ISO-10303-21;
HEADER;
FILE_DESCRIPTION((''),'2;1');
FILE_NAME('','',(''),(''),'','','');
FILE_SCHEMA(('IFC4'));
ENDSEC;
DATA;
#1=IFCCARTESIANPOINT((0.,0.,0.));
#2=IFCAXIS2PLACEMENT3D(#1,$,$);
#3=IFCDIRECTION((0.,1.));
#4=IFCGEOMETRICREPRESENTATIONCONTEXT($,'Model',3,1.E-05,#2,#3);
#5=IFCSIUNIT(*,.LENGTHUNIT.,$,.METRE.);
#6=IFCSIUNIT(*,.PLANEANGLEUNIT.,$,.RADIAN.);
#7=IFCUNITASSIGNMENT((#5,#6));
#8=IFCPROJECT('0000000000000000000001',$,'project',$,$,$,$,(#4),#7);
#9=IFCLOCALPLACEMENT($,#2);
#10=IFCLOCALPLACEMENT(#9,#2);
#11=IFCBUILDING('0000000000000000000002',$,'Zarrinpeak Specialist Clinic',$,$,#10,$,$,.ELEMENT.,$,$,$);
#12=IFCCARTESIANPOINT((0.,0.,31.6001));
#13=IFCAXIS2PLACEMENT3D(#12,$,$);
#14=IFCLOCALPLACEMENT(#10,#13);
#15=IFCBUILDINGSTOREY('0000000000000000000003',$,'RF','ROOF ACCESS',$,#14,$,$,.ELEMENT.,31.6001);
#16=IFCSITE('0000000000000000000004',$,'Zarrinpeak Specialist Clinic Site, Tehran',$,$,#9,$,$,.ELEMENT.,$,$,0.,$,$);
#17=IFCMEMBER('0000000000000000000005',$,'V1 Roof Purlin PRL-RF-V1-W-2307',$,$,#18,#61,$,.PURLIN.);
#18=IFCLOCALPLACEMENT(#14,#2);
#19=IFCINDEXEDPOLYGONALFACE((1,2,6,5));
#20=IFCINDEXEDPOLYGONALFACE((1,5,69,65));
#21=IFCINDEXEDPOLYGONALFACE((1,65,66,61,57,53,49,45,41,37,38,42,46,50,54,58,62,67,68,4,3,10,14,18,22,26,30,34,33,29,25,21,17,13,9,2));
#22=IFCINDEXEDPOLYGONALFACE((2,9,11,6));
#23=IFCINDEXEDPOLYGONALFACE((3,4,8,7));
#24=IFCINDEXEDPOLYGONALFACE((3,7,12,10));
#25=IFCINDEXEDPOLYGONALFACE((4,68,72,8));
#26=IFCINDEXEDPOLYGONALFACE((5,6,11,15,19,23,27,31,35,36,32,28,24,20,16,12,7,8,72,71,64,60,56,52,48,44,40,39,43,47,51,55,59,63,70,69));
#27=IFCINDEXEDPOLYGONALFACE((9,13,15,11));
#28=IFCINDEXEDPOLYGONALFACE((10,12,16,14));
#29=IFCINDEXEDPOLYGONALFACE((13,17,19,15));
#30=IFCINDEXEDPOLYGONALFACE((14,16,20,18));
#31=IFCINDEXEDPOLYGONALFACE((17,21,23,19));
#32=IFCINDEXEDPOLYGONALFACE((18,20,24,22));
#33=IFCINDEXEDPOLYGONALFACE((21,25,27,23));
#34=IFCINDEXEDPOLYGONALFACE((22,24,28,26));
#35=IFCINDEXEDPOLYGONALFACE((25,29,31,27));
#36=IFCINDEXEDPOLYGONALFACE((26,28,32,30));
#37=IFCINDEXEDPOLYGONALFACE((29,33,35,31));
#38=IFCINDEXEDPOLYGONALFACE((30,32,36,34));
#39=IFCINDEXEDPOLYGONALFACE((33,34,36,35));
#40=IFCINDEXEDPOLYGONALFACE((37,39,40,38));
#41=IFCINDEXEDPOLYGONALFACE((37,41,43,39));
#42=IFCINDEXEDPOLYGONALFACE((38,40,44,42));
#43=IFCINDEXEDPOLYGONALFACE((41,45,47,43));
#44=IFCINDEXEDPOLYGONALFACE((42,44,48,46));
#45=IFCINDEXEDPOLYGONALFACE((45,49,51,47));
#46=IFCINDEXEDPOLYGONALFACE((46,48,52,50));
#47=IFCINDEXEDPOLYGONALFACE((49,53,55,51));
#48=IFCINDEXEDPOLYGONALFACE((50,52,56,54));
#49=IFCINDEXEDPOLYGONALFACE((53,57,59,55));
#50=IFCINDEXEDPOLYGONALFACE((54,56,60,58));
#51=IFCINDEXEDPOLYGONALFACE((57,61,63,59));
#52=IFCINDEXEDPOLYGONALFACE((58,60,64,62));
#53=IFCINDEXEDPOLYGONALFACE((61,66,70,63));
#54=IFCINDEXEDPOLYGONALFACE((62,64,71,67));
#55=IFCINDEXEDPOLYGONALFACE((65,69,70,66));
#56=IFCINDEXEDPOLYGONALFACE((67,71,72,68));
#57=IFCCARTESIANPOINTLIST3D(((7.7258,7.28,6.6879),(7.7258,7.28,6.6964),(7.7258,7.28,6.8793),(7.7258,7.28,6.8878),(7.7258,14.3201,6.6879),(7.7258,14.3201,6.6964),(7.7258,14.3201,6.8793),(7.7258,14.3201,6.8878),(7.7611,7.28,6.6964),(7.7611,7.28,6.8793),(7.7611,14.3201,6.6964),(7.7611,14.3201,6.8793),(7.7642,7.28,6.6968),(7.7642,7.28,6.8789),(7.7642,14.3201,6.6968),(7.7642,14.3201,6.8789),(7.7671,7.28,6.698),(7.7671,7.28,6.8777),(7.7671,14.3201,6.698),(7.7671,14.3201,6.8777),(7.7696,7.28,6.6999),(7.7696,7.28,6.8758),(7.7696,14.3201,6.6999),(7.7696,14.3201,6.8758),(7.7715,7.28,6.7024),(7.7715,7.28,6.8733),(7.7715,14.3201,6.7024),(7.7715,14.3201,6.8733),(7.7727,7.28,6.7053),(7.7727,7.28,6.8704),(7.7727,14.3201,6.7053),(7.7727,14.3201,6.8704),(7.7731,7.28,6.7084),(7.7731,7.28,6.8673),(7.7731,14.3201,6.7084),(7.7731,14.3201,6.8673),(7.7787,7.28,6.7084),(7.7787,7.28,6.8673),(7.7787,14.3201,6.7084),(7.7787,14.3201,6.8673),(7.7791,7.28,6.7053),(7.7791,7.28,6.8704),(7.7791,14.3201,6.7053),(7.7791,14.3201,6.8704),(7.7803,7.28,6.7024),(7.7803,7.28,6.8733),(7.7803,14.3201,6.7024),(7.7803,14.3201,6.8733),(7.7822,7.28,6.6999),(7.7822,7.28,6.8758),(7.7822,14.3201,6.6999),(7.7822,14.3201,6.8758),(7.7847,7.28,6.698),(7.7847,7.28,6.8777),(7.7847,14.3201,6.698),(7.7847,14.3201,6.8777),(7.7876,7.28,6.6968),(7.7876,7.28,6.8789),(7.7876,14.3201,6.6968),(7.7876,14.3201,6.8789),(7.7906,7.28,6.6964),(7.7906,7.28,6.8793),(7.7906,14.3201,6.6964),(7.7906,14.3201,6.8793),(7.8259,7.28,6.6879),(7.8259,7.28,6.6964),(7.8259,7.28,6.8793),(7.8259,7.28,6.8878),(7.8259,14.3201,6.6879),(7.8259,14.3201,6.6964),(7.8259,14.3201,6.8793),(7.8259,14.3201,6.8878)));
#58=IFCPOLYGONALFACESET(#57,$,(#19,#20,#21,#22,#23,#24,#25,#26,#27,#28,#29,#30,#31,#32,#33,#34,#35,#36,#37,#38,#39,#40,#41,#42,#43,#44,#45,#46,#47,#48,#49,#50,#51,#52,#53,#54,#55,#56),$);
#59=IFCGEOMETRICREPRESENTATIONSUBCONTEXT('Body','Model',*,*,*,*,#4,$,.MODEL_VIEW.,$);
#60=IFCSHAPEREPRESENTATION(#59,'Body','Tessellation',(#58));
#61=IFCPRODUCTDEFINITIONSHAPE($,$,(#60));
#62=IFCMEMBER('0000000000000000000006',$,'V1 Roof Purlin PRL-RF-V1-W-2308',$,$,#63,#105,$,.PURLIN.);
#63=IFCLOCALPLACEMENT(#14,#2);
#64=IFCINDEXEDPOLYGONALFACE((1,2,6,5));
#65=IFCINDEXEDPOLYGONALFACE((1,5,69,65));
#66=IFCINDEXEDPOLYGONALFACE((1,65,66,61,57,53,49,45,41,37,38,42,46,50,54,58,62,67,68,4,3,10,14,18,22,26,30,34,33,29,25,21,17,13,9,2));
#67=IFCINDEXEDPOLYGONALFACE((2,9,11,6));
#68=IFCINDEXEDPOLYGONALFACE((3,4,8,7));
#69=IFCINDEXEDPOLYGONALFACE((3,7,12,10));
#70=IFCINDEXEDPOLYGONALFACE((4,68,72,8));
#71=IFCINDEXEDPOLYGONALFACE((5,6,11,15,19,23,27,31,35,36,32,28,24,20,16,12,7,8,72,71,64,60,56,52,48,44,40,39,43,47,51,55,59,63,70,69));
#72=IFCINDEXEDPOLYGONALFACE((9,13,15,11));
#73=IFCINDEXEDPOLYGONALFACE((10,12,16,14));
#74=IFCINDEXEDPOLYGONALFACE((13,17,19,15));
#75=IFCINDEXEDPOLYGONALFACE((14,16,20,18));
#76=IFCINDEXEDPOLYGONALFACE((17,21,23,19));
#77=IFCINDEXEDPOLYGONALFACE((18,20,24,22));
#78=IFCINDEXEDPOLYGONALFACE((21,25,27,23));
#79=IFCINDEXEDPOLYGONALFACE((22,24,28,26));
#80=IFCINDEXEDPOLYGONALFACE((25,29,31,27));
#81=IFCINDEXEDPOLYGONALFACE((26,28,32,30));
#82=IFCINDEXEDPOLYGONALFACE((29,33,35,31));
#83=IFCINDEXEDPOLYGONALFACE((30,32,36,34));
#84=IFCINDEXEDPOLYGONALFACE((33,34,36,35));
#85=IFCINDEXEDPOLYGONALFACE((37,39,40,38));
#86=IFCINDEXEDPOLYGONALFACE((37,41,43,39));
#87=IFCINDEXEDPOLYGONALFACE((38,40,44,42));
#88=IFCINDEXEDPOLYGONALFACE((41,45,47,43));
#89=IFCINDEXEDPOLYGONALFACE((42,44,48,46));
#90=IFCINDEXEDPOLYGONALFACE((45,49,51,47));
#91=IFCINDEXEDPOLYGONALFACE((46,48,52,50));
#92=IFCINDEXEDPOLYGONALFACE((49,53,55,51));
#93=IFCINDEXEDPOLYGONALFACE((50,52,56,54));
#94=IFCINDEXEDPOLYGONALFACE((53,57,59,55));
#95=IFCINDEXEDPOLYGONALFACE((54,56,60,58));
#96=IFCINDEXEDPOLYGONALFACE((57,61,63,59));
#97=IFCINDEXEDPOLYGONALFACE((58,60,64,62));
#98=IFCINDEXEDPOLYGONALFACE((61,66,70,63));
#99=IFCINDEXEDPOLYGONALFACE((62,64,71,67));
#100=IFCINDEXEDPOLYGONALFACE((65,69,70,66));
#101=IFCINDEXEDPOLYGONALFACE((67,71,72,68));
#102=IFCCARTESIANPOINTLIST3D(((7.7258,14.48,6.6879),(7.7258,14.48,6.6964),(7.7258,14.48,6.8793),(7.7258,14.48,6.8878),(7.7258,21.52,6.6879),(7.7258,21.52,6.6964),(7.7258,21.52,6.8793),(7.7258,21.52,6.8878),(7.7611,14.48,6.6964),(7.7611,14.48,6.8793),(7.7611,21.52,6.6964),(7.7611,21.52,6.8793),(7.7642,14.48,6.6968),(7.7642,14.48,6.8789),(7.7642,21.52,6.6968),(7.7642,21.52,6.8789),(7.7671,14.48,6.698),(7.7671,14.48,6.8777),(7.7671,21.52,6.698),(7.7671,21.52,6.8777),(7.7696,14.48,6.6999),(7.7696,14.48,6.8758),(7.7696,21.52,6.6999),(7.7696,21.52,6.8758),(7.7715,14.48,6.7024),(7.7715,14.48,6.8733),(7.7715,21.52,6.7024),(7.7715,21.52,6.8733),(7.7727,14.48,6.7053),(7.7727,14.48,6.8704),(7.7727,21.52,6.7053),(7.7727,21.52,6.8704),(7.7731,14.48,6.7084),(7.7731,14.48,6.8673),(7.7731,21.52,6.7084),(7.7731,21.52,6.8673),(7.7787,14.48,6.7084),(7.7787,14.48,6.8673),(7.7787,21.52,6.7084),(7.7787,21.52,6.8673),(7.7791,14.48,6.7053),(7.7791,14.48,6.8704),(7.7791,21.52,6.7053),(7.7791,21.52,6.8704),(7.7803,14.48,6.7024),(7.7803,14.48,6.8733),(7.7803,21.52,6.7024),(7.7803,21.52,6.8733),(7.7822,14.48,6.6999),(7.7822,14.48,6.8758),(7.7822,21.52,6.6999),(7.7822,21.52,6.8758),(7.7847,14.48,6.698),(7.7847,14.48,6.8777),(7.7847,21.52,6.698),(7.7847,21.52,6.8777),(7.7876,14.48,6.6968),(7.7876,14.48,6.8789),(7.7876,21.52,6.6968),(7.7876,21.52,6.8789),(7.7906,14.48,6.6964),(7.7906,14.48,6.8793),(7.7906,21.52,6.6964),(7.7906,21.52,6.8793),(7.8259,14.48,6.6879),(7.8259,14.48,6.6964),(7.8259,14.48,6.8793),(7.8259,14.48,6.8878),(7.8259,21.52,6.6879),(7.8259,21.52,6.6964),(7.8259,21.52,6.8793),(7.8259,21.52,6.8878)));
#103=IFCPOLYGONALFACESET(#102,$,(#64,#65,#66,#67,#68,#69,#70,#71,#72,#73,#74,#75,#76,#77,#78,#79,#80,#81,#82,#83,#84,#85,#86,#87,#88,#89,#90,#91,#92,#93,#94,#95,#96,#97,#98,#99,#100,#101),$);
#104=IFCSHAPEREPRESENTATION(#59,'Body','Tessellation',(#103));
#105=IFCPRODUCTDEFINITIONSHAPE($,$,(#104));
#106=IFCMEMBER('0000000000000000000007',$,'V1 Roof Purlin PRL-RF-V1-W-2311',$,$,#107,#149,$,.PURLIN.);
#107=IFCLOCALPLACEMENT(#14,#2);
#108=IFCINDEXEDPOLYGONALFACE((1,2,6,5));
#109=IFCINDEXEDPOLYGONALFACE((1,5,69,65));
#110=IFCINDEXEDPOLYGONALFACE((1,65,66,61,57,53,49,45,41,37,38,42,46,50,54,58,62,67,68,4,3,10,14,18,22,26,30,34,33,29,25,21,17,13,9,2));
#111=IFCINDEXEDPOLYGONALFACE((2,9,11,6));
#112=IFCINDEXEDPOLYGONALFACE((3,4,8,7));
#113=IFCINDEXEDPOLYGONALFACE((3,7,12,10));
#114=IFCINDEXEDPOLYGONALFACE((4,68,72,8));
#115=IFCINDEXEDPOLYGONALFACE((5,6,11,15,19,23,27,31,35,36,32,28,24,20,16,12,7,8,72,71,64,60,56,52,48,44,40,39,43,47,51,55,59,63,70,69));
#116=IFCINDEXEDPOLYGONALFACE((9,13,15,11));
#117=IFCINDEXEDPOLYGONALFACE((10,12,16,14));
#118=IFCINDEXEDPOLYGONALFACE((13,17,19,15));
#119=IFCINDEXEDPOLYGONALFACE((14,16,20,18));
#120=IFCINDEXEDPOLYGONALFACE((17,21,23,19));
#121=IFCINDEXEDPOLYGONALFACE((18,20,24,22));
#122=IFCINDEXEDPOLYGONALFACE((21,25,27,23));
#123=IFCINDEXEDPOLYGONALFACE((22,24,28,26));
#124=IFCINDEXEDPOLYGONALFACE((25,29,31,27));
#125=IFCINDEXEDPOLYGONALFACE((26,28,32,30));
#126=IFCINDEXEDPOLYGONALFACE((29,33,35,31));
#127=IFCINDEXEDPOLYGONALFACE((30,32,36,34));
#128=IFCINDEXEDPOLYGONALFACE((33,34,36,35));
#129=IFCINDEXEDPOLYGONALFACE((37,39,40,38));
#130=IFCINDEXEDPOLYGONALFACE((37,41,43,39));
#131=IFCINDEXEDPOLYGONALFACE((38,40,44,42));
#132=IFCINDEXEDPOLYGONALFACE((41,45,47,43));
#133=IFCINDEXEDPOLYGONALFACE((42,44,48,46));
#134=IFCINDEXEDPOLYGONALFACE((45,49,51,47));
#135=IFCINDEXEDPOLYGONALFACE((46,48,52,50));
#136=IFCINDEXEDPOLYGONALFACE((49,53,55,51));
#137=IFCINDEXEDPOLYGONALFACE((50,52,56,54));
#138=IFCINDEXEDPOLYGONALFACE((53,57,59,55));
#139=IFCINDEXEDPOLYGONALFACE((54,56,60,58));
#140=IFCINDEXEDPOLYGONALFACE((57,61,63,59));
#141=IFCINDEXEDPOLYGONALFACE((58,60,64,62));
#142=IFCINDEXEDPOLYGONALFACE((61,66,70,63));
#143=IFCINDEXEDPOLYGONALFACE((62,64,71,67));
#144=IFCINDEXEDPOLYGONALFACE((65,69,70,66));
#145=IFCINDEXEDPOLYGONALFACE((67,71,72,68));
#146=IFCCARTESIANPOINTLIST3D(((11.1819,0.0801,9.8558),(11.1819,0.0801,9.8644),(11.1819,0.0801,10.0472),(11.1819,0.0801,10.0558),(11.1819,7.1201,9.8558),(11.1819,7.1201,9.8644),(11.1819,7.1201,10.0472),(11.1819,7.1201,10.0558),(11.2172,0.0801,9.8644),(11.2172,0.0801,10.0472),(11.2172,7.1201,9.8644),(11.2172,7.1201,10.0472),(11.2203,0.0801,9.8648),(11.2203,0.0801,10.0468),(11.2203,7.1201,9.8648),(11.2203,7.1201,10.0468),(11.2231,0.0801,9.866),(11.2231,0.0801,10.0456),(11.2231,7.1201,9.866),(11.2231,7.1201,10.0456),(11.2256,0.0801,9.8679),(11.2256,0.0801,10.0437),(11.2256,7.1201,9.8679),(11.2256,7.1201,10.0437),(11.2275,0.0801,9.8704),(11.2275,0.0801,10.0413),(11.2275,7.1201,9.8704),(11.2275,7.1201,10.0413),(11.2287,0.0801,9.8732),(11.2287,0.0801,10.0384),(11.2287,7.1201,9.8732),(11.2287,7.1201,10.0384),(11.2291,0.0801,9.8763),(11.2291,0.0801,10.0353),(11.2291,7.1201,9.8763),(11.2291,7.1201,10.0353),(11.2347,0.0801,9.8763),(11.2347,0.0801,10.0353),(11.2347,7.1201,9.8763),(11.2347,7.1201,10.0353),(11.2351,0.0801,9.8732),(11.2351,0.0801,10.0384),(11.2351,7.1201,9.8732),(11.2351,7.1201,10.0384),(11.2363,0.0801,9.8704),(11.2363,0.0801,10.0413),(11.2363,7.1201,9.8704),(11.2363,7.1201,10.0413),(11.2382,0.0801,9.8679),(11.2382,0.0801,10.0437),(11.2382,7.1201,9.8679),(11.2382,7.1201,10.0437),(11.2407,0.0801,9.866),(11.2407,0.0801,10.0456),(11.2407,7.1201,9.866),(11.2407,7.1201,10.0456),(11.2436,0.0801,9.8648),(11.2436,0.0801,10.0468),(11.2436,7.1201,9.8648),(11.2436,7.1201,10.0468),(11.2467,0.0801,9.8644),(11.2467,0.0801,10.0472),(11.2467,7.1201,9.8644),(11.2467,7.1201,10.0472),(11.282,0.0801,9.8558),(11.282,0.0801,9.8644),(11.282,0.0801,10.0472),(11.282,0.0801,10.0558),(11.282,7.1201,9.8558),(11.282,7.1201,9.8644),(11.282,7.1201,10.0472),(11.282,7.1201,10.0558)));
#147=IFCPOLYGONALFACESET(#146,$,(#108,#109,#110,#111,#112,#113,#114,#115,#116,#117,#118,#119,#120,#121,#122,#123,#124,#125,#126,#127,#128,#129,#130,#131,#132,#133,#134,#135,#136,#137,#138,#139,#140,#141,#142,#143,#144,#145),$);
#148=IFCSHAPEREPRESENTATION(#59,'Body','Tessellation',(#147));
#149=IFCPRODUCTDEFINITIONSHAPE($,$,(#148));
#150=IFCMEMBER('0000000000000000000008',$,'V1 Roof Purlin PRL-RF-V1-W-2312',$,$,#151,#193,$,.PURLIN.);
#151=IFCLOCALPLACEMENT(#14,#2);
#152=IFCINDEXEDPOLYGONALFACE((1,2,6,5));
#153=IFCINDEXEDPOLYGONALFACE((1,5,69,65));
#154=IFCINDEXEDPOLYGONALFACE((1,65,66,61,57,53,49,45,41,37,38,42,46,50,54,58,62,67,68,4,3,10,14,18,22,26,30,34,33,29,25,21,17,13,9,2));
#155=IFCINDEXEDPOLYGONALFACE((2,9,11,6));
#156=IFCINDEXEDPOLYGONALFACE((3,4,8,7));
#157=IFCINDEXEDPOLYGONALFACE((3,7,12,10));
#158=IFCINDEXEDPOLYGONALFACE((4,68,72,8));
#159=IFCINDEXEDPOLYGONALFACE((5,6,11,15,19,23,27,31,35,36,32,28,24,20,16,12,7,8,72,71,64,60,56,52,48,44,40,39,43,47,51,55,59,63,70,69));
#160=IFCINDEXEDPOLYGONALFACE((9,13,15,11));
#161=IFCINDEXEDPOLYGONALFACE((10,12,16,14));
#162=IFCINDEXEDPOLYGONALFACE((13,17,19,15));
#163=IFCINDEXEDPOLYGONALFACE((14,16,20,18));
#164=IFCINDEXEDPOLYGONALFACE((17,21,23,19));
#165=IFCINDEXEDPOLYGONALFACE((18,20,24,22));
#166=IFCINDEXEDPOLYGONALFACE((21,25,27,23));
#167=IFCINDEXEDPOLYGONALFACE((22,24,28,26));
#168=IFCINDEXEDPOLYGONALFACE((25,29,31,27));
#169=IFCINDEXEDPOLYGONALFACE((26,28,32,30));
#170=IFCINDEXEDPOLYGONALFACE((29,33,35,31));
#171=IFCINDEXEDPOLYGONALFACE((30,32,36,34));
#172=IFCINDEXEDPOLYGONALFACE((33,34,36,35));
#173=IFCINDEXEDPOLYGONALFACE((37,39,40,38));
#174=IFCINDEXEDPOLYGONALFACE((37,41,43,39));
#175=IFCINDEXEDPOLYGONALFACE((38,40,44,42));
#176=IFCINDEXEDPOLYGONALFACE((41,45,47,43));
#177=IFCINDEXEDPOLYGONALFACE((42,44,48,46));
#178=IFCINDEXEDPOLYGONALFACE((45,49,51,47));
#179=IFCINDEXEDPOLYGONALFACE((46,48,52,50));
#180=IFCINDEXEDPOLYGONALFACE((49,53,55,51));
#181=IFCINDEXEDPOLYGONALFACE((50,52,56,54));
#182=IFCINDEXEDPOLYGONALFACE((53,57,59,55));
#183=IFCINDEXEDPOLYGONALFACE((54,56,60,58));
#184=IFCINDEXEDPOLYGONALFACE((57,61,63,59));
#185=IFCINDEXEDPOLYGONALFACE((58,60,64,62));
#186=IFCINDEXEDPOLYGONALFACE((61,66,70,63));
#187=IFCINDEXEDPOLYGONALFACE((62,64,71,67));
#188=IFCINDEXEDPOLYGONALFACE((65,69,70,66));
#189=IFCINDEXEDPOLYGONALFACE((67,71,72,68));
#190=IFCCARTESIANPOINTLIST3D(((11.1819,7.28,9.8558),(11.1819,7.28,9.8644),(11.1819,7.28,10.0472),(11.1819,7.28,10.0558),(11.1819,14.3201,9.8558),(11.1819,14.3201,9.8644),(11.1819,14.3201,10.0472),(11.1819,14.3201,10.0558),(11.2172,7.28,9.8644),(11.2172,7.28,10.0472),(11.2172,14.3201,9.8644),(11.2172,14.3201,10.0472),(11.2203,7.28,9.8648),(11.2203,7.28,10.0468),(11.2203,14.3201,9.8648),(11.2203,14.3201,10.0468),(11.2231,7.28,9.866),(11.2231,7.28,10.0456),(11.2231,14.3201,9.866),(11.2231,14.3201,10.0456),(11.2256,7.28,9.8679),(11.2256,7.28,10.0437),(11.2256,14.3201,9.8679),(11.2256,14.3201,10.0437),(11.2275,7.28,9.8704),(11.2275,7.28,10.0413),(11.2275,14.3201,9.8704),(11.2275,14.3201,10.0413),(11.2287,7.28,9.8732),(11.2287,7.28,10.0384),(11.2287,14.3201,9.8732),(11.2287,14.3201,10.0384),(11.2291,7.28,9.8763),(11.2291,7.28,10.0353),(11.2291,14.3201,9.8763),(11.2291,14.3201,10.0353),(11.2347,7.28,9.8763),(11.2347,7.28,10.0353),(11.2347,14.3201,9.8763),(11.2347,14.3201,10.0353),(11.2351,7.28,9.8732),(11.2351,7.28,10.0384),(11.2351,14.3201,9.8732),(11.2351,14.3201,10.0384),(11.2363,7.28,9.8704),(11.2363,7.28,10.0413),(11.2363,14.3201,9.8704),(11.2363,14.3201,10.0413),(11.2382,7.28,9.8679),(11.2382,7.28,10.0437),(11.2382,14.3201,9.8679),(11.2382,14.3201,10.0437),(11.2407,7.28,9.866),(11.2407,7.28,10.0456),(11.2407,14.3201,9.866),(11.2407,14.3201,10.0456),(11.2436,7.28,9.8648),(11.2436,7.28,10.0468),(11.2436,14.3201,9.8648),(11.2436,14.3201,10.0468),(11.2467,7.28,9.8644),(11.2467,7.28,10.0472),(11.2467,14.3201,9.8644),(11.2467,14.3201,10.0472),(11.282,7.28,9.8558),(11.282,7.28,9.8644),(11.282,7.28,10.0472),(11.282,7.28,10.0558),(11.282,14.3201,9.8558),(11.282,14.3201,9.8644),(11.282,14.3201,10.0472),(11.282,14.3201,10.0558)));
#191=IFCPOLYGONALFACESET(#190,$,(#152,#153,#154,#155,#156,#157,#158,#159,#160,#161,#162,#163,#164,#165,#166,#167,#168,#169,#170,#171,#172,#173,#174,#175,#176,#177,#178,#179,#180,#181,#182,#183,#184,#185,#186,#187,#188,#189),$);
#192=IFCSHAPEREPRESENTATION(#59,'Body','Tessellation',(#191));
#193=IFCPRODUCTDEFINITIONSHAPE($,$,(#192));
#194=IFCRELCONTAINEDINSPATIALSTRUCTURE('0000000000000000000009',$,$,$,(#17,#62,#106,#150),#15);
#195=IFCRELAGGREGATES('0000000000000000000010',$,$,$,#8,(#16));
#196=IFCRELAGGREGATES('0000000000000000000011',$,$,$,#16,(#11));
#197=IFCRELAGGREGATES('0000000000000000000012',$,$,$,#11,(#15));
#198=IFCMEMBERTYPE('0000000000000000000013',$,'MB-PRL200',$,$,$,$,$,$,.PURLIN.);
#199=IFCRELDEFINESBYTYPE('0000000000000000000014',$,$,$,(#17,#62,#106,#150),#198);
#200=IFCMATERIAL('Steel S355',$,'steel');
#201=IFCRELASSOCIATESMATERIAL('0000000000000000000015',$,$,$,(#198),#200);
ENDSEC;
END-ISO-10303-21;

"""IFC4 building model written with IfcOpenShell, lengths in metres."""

from ifc_helpers import new_model, si_unit, direction, frame, origin, origin_2d, place, context, subcontext, project, spatial, i_section, extrude, material, material_profile, profile_set, type_object, element, save


model = new_model("IFC4")

# Units and contexts
model_context = context("Model", 3, precision=1e-05, world=origin(), true_north=direction((0.0, 1.0)))
body_context = subcontext(model_context, "Body", "Model", "MODEL_VIEW")
ifc_project = project(units=[si_unit("LENGTHUNIT", "METRE"), si_unit("PLANEANGLEUNIT", "RADIAN")], contexts=[model_context])

# Site, building, storey
site_placement = place(None, origin())
site = spatial("IfcSite", under=ifc_project, at=site_placement, Name="Zarrinpeak Specialist Clinic Site, Tehran", CompositionType="ELEMENT", RefElevation=0.0)
building_placement = place(site_placement, origin())
building = spatial("IfcBuilding", under=site, at=building_placement, Name="Zarrinpeak Specialist Clinic", CompositionType="ELEMENT")
storey_placement = place(building_placement, frame((0.0, 0.0, 31.6001)))
storey = spatial("IfcBuildingStorey", under=building, at=storey_placement, Name="RF", Description="ROOF ACCESS", CompositionType="ELEMENT", Elevation=31.6001)

# Shared definitions
ifc_material_1 = material(Name="Steel S355", Category="steel")

# Members
ifc_material_profile_1 = material_profile(ifc_material_1, i_section(OverallWidth=0.1001, OverallDepth=0.2, WebThickness=0.0056, FlangeThickness=0.0085, FilletRadius=0.012, at=origin_2d()), Name="IPE 200")
ifc_profile_set_1 = profile_set([ifc_material_profile_1], Name="Steel S355")
member_type = type_object("IfcMemberType", Name="MB-PRL200", PredefinedType="PURLIN", material=ifc_profile_set_1)
for number, where, z_axis, x_axis, name in (
    (1, (7.7759, 7.28, 6.7878), (0.0, 1.0, 0.0), (-1.0, 0.0, 0.0), "V1 Roof Purlin PRL-RF-V1-W-2307"),
    (2, (7.7759, 14.48, 6.7878), (0.0, 1.0, 0.0), (-1.0, 0.0, 0.0), "V1 Roof Purlin PRL-RF-V1-W-2308"),
    (3, (11.2319, 0.0801, 9.9558), (0.0, 1.0, 0.0), (-1.0, 0.0, 0.0), "V1 Roof Purlin PRL-RF-V1-W-2311"),
    (4, (11.2319, 7.28, 9.9558), (0.0, 1.0, 0.0), (-1.0, 0.0, 0.0), "V1 Roof Purlin PRL-RF-V1-W-2312"),
):
    element("IfcMember", number, at=place(storey_placement, frame(where, z_axis=z_axis, x_axis=x_axis)), inside=storey, type_object=member_type, Name=name, PredefinedType="PURLIN", context=body_context, shape_type="SweptSolid", body=[
        extrude(i_section(OverallWidth=0.1001, OverallDepth=0.2, WebThickness=0.0056, FlangeThickness=0.0085, FilletRadius=0.012, at=origin_2d()), origin(), (0.0, 0.0, 1.0), 7.04),
    ])

save(model, "model.ifc")
